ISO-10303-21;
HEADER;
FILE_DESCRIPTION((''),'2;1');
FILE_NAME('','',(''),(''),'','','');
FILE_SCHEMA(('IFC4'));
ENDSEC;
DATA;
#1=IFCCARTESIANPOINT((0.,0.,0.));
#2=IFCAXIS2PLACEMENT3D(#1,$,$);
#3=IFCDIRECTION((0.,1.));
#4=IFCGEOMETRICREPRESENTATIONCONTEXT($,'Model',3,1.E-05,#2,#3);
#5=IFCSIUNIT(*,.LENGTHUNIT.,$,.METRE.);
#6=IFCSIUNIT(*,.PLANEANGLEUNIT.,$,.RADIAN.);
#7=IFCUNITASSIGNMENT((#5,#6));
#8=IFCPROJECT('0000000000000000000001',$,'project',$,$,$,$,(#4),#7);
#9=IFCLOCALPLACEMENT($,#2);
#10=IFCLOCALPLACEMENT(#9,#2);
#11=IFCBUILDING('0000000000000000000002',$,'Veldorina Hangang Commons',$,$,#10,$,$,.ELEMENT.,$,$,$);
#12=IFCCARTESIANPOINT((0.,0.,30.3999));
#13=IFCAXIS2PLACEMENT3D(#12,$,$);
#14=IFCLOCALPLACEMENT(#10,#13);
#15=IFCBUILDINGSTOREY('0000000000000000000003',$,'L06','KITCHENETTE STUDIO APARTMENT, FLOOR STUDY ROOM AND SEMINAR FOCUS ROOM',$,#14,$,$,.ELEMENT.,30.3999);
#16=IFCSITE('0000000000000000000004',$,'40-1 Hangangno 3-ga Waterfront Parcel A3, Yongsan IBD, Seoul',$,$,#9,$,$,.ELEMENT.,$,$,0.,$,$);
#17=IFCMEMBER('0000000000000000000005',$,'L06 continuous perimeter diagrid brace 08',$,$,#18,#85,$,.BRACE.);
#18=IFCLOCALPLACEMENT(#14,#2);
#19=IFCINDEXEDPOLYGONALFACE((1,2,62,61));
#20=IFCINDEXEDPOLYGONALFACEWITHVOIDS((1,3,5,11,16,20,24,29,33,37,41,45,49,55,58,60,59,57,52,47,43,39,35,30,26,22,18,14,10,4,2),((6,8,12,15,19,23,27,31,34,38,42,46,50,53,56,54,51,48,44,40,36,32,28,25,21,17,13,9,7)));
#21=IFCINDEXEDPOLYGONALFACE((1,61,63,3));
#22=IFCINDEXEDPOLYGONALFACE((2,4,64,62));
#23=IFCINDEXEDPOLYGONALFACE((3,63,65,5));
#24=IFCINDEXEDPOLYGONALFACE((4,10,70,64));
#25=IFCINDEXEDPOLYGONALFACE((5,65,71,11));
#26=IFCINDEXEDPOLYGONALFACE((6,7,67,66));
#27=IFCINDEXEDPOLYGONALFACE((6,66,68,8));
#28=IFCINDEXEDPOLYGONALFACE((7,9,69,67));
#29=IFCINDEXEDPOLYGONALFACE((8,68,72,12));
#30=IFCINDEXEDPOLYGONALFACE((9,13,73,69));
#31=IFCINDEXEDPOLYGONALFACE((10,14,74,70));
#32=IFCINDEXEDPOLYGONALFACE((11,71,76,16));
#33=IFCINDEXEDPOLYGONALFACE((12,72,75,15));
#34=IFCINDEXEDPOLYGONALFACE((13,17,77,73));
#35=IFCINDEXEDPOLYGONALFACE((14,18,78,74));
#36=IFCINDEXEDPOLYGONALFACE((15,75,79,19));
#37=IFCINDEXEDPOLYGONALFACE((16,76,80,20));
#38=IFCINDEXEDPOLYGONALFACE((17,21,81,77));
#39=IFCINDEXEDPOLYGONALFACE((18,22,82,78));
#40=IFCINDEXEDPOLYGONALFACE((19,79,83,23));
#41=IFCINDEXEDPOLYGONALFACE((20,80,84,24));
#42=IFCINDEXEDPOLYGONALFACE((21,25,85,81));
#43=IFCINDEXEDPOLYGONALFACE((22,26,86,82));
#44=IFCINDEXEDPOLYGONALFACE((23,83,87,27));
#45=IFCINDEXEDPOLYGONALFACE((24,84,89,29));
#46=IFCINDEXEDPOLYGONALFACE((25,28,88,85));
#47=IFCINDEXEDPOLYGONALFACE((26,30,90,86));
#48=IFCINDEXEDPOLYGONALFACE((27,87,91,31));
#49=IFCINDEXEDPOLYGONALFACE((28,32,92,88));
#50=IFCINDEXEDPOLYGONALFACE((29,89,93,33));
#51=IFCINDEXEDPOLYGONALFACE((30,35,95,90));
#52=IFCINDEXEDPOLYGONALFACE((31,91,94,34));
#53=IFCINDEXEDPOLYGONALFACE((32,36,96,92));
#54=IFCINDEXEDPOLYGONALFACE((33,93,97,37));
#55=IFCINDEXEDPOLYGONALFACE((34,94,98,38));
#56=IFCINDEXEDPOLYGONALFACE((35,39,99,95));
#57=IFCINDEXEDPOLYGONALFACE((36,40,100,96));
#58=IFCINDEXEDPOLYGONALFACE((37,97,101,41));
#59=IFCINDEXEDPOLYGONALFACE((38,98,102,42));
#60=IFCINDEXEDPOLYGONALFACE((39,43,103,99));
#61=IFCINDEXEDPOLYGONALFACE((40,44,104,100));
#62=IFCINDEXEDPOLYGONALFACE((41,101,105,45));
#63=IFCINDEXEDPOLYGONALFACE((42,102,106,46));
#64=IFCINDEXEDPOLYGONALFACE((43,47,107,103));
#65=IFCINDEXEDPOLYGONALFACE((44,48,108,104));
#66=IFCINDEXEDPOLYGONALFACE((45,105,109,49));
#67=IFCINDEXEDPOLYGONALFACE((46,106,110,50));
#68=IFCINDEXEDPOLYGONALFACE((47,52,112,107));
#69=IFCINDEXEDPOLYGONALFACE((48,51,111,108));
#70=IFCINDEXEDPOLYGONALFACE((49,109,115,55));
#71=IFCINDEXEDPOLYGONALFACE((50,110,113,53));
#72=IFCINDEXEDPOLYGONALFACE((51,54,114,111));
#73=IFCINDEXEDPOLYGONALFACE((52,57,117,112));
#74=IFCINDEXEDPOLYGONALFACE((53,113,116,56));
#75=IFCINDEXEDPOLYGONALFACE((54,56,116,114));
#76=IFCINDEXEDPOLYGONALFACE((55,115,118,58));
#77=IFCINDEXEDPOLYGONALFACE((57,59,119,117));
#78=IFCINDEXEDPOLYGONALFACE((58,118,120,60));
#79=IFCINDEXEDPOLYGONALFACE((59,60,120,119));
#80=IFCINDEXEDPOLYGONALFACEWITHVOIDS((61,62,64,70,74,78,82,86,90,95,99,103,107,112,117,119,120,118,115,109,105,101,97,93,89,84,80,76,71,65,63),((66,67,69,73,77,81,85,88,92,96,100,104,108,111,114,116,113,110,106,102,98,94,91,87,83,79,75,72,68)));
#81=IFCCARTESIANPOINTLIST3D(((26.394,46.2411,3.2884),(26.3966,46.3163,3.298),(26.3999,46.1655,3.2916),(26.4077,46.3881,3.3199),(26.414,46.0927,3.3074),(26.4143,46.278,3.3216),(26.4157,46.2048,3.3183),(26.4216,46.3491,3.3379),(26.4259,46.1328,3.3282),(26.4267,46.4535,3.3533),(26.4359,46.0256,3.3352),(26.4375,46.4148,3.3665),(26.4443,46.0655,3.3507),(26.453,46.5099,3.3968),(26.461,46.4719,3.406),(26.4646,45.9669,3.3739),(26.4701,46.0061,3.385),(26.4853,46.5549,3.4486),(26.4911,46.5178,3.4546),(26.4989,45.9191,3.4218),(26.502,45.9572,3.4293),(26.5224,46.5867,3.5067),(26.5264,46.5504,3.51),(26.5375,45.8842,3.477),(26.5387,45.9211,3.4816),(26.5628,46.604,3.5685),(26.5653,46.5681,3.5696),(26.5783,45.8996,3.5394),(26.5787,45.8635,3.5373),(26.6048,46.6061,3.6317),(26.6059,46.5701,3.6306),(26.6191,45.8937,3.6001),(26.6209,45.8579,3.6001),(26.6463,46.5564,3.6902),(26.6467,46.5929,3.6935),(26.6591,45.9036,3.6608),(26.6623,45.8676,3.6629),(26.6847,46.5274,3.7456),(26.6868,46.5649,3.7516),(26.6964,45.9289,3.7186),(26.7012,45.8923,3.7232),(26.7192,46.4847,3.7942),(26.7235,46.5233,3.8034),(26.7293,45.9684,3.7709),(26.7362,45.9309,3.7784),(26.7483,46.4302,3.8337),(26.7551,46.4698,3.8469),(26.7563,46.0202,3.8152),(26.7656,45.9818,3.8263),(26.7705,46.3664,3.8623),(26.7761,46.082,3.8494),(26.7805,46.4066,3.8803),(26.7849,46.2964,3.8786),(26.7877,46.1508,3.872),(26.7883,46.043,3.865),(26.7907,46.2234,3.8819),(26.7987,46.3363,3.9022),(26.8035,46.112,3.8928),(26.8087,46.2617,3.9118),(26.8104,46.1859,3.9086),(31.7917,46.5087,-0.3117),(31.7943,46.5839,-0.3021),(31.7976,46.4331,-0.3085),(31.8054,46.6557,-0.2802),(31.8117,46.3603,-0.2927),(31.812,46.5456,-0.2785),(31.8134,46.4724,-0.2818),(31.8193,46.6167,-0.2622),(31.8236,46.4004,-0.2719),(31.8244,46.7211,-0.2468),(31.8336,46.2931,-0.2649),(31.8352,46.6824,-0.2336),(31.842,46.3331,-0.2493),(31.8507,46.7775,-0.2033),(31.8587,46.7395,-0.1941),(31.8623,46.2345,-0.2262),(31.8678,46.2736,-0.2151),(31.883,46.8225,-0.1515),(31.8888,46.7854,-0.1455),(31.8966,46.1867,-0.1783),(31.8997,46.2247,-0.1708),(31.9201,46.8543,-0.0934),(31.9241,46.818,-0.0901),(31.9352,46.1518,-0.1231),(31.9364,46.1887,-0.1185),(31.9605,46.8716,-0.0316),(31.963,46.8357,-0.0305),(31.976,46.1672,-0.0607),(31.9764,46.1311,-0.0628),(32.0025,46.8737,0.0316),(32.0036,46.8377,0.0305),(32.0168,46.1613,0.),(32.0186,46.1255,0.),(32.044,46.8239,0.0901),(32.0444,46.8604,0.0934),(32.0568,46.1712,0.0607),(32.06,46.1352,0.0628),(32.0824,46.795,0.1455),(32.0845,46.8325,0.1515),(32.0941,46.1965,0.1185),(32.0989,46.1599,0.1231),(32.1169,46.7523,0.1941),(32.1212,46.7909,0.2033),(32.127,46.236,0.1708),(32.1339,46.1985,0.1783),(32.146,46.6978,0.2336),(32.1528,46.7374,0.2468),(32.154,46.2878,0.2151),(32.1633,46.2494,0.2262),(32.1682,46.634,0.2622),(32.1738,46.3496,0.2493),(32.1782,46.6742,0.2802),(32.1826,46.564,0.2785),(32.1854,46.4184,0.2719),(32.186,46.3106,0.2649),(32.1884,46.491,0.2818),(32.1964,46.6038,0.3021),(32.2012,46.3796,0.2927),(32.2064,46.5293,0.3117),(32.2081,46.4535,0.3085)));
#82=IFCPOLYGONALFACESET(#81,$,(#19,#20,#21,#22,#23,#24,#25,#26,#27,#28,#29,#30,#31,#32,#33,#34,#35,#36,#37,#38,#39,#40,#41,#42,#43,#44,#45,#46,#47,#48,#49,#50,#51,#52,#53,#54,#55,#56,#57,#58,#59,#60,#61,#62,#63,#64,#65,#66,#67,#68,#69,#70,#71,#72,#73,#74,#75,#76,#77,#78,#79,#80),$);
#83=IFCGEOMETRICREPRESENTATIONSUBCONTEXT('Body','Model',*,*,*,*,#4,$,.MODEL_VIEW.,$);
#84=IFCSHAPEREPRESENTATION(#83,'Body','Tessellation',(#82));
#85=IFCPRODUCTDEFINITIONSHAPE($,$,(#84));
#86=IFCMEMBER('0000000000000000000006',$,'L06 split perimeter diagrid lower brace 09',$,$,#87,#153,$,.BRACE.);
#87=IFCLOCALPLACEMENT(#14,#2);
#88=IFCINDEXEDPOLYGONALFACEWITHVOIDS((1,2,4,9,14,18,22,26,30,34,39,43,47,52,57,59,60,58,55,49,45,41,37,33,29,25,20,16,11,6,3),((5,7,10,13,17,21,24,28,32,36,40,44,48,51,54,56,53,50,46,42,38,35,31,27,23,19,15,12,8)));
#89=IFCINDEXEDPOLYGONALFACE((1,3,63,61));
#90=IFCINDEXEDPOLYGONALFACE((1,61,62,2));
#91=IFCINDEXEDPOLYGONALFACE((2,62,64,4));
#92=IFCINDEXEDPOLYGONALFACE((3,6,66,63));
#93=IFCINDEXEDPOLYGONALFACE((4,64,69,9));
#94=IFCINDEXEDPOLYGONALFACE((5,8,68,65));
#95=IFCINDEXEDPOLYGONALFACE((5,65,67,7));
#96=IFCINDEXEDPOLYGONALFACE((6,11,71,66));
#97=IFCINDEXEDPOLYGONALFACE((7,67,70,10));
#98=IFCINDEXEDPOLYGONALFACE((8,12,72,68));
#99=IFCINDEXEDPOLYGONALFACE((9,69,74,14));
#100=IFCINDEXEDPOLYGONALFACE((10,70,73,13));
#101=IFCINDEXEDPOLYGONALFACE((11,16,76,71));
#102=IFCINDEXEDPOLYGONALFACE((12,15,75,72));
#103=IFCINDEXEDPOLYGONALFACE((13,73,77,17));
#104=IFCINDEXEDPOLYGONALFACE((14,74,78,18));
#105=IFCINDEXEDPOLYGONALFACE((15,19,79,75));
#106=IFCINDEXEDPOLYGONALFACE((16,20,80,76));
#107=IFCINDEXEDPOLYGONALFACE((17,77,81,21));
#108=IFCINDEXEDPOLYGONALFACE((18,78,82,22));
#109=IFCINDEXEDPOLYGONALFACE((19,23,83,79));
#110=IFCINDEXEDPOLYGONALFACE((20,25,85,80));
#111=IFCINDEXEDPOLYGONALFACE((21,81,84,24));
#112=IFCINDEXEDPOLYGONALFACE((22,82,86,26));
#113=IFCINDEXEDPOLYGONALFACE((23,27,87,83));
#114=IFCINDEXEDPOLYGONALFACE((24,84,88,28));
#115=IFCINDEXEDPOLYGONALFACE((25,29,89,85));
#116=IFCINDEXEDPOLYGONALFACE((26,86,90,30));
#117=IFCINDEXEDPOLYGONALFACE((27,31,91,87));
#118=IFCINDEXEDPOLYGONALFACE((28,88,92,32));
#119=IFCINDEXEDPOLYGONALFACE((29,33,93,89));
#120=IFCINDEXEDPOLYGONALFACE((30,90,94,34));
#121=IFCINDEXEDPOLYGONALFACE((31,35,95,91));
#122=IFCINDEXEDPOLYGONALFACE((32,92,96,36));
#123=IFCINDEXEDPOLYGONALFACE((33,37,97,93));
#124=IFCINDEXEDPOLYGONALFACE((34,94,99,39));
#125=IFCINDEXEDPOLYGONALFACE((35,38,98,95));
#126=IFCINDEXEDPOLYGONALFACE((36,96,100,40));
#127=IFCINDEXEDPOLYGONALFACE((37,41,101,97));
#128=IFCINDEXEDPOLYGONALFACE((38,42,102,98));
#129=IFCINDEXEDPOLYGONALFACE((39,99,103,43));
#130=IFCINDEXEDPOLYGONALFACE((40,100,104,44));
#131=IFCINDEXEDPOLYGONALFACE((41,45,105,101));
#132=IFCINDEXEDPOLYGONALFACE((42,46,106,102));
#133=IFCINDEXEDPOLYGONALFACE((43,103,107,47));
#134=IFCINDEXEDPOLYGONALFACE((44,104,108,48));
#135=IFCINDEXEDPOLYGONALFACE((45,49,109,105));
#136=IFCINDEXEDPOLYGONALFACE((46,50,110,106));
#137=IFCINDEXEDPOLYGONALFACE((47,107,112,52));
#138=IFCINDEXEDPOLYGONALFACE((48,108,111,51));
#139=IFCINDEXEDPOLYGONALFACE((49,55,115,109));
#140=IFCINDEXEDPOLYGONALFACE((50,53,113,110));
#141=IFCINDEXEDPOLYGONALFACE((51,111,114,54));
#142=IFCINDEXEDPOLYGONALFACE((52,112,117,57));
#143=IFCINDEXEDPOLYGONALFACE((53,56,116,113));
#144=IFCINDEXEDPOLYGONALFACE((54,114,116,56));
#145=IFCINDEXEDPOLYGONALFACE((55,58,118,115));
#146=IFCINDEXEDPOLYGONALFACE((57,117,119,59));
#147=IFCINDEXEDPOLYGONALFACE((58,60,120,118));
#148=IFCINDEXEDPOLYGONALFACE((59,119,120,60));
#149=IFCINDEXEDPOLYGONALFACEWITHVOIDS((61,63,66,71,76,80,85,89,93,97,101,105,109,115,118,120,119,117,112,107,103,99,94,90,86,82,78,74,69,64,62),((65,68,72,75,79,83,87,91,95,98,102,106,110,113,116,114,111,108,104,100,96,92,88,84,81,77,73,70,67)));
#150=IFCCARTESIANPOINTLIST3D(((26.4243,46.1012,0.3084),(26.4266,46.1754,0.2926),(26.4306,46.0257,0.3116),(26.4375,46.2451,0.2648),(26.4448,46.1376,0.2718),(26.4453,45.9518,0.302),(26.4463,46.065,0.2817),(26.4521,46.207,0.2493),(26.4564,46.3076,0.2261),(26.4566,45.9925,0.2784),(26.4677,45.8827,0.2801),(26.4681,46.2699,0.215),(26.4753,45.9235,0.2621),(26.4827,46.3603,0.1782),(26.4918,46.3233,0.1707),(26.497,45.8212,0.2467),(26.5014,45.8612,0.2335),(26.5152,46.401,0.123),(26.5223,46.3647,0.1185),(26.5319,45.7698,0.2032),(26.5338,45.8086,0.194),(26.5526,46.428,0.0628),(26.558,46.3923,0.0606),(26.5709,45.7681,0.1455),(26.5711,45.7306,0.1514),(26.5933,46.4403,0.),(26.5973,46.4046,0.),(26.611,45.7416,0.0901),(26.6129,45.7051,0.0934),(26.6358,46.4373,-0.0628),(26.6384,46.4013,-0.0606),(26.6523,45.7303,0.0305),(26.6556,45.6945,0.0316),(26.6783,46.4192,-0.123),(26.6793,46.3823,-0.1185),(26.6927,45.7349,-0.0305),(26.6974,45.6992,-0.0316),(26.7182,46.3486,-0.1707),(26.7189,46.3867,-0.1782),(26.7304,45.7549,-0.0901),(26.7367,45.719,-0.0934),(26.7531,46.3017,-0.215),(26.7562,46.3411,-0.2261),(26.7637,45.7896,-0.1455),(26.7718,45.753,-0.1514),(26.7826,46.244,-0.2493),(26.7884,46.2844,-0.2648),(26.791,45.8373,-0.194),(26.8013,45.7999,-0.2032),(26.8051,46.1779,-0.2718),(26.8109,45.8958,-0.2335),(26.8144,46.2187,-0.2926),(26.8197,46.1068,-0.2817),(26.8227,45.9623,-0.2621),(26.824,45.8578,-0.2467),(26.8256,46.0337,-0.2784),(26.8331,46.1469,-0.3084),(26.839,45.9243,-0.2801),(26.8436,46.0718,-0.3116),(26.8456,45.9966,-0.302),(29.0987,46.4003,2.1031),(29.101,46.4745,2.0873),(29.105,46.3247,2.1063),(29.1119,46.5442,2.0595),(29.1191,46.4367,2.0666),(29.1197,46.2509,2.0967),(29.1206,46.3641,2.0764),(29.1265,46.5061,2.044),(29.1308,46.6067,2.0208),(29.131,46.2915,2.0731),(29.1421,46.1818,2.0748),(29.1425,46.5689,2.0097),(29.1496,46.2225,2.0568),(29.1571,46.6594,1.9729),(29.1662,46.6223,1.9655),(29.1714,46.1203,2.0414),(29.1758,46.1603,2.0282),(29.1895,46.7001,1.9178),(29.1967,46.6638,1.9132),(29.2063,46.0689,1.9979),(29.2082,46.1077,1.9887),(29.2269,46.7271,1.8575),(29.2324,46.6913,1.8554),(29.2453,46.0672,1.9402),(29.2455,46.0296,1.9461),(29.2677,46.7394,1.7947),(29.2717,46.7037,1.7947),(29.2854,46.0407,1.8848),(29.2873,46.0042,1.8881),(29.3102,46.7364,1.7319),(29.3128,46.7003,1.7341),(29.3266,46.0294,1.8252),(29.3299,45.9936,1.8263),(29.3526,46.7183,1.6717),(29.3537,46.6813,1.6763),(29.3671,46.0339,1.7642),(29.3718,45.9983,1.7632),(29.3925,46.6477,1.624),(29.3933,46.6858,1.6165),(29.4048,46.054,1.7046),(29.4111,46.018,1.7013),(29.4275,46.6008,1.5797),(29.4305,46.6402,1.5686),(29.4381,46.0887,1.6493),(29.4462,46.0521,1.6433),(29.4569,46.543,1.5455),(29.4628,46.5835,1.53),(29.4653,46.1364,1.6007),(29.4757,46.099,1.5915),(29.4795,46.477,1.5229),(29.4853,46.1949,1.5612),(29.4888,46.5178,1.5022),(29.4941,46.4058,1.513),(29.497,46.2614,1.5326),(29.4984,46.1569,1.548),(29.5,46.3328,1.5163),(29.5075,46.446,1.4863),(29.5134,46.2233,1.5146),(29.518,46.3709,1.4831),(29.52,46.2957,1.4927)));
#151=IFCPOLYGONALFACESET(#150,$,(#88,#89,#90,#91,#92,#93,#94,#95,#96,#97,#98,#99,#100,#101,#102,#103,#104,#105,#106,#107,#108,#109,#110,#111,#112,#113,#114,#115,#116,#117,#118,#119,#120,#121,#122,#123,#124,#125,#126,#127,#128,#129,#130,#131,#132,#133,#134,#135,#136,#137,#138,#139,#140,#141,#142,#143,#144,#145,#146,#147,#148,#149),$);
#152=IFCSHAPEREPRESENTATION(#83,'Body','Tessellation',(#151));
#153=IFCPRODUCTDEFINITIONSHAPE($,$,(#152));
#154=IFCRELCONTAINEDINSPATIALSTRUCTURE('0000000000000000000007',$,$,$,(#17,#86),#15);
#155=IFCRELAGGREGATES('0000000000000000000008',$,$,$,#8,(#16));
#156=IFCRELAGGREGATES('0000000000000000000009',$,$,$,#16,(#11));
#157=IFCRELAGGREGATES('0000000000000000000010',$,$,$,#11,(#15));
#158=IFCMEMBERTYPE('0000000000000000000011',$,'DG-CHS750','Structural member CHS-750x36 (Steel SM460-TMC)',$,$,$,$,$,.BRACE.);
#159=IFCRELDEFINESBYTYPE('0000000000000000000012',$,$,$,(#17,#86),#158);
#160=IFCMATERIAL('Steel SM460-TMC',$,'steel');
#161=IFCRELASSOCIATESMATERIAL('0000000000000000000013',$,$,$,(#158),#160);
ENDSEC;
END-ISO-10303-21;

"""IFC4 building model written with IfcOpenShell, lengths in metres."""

from ifc_helpers import new_model, si_unit, direction, frame, origin, origin_2d, place, context, subcontext, project, spatial, hollow_circle, extrude, material, material_profile, profile_set, type_object, element, save


model = new_model("IFC4")

# Units and contexts
model_context = context("Model", 3, precision=1e-05, world=origin(), true_north=direction((0.0, 1.0)))
body_context = subcontext(model_context, "Body", "Model", "MODEL_VIEW")
ifc_project = project(units=[si_unit("LENGTHUNIT", "METRE"), si_unit("PLANEANGLEUNIT", "RADIAN")], contexts=[model_context])

# Site, building, storey
site_placement = place(None, origin())
site = spatial("IfcSite", under=ifc_project, at=site_placement, Name="40-1 Hangangno 3-ga Waterfront Parcel A3, Yongsan IBD, Seoul", CompositionType="ELEMENT", RefElevation=0.0)
building_placement = place(site_placement, origin())
building = spatial("IfcBuilding", under=site, at=building_placement, Name="Veldorina Hangang Commons", CompositionType="ELEMENT")
storey_placement = place(building_placement, frame((0.0, 0.0, 30.3999)))
storey = spatial("IfcBuildingStorey", under=building, at=storey_placement, Name="L06", Description="KITCHENETTE STUDIO APARTMENT, FLOOR STUDY ROOM AND SEMINAR FOCUS ROOM", CompositionType="ELEMENT", Elevation=30.3999)

# Shared definitions
ifc_material_1 = material(Name="Steel SM460-TMC", Category="steel")

# Members
ifc_material_profile_1 = material_profile(ifc_material_1, hollow_circle(Radius=0.375, WallThickness=0.0359, at=origin_2d()), Name="CHS-750x36")
ifc_profile_set_1 = profile_set([ifc_material_profile_1], Name="Steel SM460-TMC")
member_type = type_object("IfcMemberType", Name="DG-CHS750", Description="Structural member CHS-750x36 (Steel SM460-TMC)", PredefinedType="BRACE", material=ifc_profile_set_1)
member_1_placement = place(storey_placement, frame((32.0, 46.5, 0.0), z_axis=(-0.831228, -0.041206, 0.554403), x_axis=(0.049512, -0.998774, 0.0)))
element("IfcMember", 1, at=member_1_placement, inside=storey, type_object=member_type, Name="L06 continuous perimeter diagrid brace 08", PredefinedType="BRACE", context=body_context, shape_type="SweptSolid", body=[
    extrude(hollow_circle(Radius=0.375, WallThickness=0.0359, at=origin_2d()), origin(), (0.0, 0.0, 1.0), 6.4937),
])
member_2_placement = place(storey_placement, frame((26.635, 46.0676, 0.0), z_axis=(0.826798, 0.092462, 0.554847), x_axis=(-0.111138, 0.993805, 0.0)))
element("IfcMember", 2, at=member_2_placement, inside=storey, type_object=member_type, Name="L06 split perimeter diagrid lower brace 09", PredefinedType="BRACE", context=body_context, shape_type="SweptSolid", body=[
    extrude(hollow_circle(Radius=0.375, WallThickness=0.0359, at=origin_2d()), origin(), (0.0, 0.0, 1.0), 3.2346),
])

save(model, "model.ifc")
